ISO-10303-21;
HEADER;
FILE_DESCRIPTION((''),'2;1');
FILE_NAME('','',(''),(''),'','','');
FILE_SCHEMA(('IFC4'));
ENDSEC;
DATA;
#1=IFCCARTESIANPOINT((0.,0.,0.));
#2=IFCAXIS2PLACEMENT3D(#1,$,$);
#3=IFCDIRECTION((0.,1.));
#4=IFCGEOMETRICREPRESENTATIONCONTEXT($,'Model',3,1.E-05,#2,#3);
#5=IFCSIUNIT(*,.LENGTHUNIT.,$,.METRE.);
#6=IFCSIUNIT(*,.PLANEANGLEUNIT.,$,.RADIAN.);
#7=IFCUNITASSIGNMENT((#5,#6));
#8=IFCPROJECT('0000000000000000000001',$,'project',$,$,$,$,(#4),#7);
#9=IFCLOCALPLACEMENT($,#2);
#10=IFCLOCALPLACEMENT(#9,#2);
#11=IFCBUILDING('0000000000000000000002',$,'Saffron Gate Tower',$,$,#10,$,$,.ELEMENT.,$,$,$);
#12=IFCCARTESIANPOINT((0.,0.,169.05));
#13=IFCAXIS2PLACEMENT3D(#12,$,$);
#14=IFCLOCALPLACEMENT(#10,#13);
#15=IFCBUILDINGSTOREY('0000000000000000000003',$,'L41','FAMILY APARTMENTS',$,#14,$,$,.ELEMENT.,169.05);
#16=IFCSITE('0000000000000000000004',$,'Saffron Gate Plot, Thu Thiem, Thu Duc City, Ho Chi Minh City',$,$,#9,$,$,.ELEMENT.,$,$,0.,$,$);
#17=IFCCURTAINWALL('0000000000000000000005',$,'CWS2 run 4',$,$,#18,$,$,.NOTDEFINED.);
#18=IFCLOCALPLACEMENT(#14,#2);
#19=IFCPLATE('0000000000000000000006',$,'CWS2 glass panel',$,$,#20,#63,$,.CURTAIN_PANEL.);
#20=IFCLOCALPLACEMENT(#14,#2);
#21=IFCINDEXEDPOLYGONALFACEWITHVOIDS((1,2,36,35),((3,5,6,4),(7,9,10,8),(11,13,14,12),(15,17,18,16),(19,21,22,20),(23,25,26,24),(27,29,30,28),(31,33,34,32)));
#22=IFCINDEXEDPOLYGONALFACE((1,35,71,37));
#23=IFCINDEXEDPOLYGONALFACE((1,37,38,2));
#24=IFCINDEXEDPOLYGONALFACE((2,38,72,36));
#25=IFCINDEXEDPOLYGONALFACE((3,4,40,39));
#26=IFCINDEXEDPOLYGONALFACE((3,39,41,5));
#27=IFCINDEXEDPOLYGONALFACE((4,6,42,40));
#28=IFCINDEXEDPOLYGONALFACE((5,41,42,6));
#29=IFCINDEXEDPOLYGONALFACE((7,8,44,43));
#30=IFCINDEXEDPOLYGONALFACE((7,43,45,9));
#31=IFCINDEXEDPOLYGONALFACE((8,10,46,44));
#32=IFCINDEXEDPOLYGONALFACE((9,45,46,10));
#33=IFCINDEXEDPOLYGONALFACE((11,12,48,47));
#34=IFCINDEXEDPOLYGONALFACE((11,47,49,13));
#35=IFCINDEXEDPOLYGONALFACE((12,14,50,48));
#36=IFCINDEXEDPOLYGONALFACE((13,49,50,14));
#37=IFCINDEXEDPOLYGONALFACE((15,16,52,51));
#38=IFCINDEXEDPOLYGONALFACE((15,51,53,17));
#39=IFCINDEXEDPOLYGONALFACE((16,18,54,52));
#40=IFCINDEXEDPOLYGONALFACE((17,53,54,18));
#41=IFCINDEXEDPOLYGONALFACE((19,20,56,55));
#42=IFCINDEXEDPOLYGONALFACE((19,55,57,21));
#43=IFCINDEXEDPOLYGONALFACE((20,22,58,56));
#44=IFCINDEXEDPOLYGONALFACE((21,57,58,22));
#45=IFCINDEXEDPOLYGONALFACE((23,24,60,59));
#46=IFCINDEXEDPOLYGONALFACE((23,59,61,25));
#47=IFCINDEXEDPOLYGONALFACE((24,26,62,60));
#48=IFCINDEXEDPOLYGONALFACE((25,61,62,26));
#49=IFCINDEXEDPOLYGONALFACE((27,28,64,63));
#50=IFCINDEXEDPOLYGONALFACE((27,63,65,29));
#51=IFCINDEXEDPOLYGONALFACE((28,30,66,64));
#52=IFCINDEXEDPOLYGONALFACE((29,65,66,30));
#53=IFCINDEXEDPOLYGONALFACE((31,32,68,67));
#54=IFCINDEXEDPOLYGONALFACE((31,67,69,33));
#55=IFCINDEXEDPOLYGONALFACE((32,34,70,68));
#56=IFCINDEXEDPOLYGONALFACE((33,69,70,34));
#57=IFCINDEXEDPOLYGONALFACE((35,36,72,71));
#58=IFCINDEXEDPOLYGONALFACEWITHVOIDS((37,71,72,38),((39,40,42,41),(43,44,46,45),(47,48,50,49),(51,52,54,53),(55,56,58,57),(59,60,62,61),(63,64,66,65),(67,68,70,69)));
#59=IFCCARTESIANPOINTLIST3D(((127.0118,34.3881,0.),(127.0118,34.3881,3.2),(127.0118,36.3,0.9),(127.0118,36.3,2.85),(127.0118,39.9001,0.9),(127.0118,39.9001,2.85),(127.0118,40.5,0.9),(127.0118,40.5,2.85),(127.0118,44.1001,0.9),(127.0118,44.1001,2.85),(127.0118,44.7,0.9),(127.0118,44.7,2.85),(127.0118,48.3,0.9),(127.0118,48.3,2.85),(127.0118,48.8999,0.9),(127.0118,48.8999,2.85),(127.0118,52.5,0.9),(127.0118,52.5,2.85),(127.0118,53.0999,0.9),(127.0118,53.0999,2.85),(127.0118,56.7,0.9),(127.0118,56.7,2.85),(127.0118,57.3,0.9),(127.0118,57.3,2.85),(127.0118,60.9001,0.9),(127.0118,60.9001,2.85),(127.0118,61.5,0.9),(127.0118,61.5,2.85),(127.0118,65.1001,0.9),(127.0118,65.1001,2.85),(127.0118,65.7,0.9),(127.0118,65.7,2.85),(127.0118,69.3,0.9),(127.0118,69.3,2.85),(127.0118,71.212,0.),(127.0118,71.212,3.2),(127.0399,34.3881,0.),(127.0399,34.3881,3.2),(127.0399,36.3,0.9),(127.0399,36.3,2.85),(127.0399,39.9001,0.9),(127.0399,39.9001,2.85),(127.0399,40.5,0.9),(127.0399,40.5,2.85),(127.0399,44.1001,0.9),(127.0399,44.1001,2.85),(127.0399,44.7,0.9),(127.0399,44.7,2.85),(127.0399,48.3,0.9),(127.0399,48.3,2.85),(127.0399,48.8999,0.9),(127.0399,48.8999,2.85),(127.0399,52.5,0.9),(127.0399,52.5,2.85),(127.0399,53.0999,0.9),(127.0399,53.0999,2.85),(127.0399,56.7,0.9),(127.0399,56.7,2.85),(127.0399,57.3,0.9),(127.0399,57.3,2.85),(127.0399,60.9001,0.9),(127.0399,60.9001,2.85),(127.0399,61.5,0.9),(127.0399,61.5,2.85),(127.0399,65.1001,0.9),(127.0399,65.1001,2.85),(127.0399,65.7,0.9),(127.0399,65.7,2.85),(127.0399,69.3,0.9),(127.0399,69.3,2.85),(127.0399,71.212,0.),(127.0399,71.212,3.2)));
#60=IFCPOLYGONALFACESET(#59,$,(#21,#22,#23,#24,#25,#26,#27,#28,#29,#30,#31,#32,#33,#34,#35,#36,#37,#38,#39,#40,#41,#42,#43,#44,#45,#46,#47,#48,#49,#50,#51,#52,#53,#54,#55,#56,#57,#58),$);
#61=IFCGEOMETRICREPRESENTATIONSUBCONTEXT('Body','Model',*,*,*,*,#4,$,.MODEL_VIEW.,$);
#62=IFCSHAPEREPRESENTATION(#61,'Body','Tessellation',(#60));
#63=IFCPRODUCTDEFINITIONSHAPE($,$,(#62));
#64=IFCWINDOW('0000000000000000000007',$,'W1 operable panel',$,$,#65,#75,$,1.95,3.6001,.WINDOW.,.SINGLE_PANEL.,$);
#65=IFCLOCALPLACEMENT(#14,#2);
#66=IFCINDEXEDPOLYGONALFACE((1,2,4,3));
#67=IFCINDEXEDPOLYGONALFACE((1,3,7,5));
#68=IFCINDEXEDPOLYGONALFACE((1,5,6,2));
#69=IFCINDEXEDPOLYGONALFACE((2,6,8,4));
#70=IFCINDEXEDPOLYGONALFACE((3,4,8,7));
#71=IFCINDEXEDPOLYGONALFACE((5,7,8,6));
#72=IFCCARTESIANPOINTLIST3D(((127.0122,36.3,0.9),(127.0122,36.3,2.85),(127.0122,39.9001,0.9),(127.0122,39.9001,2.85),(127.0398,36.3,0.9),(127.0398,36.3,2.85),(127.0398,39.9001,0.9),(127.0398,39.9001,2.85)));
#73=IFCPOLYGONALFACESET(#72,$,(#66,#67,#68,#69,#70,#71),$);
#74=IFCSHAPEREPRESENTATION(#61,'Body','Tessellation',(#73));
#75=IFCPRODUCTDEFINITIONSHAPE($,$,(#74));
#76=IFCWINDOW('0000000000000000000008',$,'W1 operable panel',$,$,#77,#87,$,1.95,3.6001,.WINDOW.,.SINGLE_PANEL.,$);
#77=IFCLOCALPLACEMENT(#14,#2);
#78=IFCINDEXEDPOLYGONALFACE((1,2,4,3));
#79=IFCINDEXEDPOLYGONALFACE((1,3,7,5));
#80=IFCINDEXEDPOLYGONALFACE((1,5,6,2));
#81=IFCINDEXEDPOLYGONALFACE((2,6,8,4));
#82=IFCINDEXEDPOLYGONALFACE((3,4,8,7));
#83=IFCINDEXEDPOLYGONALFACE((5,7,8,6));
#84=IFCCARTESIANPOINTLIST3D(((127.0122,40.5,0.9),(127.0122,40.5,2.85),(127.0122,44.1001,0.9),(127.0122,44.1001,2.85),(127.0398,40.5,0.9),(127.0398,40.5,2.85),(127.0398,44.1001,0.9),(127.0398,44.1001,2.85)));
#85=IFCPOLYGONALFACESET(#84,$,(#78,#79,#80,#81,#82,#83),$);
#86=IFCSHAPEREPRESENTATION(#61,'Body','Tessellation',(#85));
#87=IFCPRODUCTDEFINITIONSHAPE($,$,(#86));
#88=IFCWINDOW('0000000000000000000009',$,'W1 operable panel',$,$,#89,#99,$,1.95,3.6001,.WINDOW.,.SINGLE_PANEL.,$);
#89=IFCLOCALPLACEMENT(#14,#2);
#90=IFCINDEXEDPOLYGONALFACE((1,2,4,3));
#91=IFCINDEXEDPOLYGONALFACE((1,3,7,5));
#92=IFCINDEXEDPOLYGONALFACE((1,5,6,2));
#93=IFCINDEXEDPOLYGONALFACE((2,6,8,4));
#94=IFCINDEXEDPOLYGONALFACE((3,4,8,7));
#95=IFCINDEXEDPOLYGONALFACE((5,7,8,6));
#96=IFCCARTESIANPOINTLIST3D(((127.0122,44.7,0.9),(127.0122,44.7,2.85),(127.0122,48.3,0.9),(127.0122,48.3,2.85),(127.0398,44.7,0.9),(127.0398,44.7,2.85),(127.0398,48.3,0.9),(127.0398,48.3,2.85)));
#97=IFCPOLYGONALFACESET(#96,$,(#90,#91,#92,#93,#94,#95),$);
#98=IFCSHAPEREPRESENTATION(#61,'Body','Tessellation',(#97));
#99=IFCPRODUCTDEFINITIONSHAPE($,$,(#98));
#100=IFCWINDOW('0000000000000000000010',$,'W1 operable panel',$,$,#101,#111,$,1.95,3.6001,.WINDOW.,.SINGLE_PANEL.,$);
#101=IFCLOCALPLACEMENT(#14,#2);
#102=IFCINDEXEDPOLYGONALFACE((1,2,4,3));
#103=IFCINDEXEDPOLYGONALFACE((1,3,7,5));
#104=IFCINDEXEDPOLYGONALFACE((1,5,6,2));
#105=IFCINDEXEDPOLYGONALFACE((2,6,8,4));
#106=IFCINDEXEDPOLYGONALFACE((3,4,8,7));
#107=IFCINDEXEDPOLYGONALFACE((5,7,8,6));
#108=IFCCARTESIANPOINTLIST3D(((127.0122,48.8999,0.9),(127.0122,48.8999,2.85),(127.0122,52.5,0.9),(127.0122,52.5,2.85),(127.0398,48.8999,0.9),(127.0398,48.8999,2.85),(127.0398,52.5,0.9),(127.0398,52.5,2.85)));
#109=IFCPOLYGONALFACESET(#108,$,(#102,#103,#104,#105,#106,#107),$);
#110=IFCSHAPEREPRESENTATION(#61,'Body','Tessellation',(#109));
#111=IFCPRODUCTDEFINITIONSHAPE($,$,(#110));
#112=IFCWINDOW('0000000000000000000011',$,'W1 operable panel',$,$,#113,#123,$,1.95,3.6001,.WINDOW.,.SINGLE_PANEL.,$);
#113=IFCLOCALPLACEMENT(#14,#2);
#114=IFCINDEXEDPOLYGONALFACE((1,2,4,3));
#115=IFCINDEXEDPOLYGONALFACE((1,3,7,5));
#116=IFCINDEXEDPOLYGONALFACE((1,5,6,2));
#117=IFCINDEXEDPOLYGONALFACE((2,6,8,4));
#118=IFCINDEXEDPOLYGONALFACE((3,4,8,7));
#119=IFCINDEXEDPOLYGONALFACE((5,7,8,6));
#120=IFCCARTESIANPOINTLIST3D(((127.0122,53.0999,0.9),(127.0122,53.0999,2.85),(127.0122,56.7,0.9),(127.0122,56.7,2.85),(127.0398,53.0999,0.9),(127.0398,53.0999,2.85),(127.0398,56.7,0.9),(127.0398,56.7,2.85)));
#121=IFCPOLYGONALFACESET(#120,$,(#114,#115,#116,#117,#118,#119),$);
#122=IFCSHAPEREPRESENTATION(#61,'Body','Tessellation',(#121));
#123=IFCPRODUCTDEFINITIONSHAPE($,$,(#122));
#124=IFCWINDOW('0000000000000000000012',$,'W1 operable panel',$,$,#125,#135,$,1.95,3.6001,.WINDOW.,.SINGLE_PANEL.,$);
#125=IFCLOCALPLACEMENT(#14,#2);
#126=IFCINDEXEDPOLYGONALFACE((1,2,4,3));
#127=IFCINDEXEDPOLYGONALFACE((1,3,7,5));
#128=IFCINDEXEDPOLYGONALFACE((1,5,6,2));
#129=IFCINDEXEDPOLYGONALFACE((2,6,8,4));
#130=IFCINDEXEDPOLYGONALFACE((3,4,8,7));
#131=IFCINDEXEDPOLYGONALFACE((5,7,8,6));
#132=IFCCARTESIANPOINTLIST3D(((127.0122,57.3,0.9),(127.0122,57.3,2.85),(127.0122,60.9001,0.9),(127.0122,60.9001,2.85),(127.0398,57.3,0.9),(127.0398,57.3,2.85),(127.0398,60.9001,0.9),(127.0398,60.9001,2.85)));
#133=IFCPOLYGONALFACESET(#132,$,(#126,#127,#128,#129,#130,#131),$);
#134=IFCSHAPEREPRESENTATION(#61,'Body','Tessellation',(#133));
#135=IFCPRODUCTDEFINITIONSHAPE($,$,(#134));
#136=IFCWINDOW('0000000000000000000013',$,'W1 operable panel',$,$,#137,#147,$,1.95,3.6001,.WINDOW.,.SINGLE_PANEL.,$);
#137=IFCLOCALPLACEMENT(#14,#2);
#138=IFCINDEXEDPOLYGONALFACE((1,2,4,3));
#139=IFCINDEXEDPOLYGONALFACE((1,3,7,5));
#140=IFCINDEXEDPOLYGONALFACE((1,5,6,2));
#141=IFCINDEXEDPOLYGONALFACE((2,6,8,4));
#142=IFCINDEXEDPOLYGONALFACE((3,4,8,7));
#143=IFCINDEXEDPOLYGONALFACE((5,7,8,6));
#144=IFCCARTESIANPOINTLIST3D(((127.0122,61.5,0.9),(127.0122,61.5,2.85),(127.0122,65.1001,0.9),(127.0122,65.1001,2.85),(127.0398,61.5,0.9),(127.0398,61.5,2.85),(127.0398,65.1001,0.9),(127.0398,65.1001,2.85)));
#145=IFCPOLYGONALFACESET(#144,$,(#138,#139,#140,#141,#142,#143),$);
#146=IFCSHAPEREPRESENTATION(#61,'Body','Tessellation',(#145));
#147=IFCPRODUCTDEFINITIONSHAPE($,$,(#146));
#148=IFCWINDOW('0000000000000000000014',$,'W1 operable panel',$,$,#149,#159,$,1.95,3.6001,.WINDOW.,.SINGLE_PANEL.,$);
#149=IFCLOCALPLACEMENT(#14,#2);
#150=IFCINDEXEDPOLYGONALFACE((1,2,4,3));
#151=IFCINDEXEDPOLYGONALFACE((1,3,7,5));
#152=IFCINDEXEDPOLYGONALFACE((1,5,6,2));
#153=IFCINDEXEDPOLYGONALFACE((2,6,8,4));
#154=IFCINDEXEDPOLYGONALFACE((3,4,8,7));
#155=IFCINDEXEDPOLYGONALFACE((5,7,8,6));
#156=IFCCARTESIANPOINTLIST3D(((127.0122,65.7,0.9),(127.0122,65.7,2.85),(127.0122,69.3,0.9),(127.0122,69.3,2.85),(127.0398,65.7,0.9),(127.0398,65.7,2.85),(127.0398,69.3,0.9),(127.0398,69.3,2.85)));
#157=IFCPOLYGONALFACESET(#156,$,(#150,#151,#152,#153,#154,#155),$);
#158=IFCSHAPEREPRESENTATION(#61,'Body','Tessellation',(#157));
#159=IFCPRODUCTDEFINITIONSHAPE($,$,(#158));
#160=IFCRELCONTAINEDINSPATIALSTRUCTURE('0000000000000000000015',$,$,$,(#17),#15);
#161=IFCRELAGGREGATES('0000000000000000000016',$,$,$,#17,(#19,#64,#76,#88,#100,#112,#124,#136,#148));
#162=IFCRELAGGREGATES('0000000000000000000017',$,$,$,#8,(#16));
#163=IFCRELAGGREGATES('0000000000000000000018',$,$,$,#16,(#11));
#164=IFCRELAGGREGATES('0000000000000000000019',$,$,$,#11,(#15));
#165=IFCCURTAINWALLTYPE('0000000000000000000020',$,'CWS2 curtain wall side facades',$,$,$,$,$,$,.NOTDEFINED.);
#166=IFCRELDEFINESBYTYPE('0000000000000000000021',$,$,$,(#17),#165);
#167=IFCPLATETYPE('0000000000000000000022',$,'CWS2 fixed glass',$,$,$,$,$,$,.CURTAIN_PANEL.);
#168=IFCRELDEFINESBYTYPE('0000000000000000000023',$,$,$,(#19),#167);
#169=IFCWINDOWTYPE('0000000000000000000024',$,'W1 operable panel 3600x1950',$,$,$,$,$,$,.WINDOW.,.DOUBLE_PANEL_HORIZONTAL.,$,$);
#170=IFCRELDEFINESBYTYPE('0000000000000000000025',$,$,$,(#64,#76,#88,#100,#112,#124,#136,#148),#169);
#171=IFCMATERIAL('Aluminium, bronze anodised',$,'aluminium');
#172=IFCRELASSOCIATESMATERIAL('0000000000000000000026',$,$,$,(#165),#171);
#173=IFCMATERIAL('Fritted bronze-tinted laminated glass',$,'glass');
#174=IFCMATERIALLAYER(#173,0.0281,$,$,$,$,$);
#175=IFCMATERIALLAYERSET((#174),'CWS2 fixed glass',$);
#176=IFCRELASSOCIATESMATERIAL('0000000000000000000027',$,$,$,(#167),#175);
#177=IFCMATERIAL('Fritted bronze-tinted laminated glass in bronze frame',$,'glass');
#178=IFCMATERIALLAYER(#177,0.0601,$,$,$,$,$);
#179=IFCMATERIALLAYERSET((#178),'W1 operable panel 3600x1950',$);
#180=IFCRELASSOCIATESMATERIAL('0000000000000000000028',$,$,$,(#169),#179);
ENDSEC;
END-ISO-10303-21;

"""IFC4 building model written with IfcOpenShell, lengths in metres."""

from ifc_helpers import new_model, si_unit, direction, frame, frame_2d, origin, place, context, subcontext, project, spatial, rectangle, extrude, material, layer, layer_set, type_object, element, fill, aggregate, save


model = new_model("IFC4")

# Units and contexts
model_context = context("Model", 3, precision=1e-05, world=origin(), true_north=direction((0.0, 1.0)))
body_context = subcontext(model_context, "Body", "Model", "MODEL_VIEW")
ifc_project = project(units=[si_unit("LENGTHUNIT", "METRE"), si_unit("PLANEANGLEUNIT", "RADIAN")], contexts=[model_context])

# Site, building, storey
site_placement = place(None, origin())
site = spatial("IfcSite", under=ifc_project, at=site_placement, Name="Saffron Gate Plot, Thu Thiem, Thu Duc City, Ho Chi Minh City", CompositionType="ELEMENT", RefElevation=0.0)
building_placement = place(site_placement, origin())
building = spatial("IfcBuilding", under=site, at=building_placement, Name="Saffron Gate Tower", CompositionType="ELEMENT")
storey_placement = place(building_placement, frame((0.0, 0.0, 169.05)))
storey = spatial("IfcBuildingStorey", under=building, at=storey_placement, Name="L41", Description="FAMILY APARTMENTS", CompositionType="ELEMENT", Elevation=169.05)

# Curtain wall
ifc_material_1 = material(Name="Aluminium, bronze anodised", Category="aluminium")
curtain_wall_type_1 = type_object("IfcCurtainWallType", Name="CWS2 curtain wall side facades", PredefinedType="NOTDEFINED", material=ifc_material_1)
curtain_wall_1_placement = place(storey_placement, origin())
curtain_wall_1 = element("IfcCurtainWall", 1, at=curtain_wall_1_placement, inside=storey, type_object=curtain_wall_type_1, Name="CWS2 run 4", PredefinedType="NOTDEFINED")

# Plate, openings, windows
ifc_material_2 = material(Name="Fritted bronze-tinted laminated glass", Category="glass")
ifc_layer_1 = layer(ifc_material_2, 0.0281)
ifc_layer_set_1 = layer_set([ifc_layer_1], Name="CWS2 fixed glass")
plate_type_1 = type_object("IfcPlateType", Name="CWS2 fixed glass", PredefinedType="CURTAIN_PANEL", material=ifc_layer_set_1)
plate_1_placement = place(storey_placement, frame((127.0259, 34.3879, 0.0), z_axis=(0.0, 0.0, 1.0), x_axis=(0.0, 1.0, 0.0)))
plate_1 = element("IfcPlate", 2, at=plate_1_placement, type_object=plate_type_1, Name="CWS2 glass panel", PredefinedType="CURTAIN_PANEL", context=body_context, shape_type="SweptSolid", body=[
    extrude(rectangle(XDim=36.824, YDim=0.0281, at=frame_2d((18.4121, 0.0))), origin(), (0.0, 0.0, 1.0), 3.2),
])
opening_1_placement = place(plate_1_placement, frame((1.9121, 0.0, 0.8999)))
opening_1 = element("IfcOpeningElement", 3, at=opening_1_placement, cuts=plate_1, PredefinedType="OPENING", context=body_context, shape_type="SweptSolid", body=[
    extrude(rectangle(XDim=3.6001, YDim=1.95, at=frame_2d((1.8, 0.9751))), frame((0.0, 0.0239, 0.0), z_axis=(0.0, -1.0, 0.0), x_axis=(1.0, 0.0, 0.0)), (0.0, 0.0, 1.0), 0.0481),
])
opening_2_placement = place(plate_1_placement, frame((6.1121, 0.0, 0.8999)))
opening_2 = element("IfcOpeningElement", 4, at=opening_2_placement, cuts=plate_1, PredefinedType="OPENING", context=body_context, shape_type="SweptSolid", body=[
    extrude(rectangle(XDim=3.6001, YDim=1.95, at=frame_2d((1.8, 0.9751))), frame((0.0, 0.0239, 0.0), z_axis=(0.0, -1.0, 0.0), x_axis=(1.0, 0.0, 0.0)), (0.0, 0.0, 1.0), 0.0481),
])
opening_3_placement = place(plate_1_placement, frame((10.312, 0.0, 0.8999)))
opening_3 = element("IfcOpeningElement", 5, at=opening_3_placement, cuts=plate_1, PredefinedType="OPENING", context=body_context, shape_type="SweptSolid", body=[
    extrude(rectangle(XDim=3.6001, YDim=1.95, at=frame_2d((1.8, 0.9751))), frame((0.0, 0.0239, 0.0), z_axis=(0.0, -1.0, 0.0), x_axis=(1.0, 0.0, 0.0)), (0.0, 0.0, 1.0), 0.0481),
])
opening_4_placement = place(plate_1_placement, frame((14.512, 0.0, 0.8999)))
opening_4 = element("IfcOpeningElement", 6, at=opening_4_placement, cuts=plate_1, PredefinedType="OPENING", context=body_context, shape_type="SweptSolid", body=[
    extrude(rectangle(XDim=3.6001, YDim=1.95, at=frame_2d((1.8, 0.9751))), frame((0.0, 0.0239, 0.0), z_axis=(0.0, -1.0, 0.0), x_axis=(1.0, 0.0, 0.0)), (0.0, 0.0, 1.0), 0.0481),
])
opening_5_placement = place(plate_1_placement, frame((18.7119, 0.0, 0.8999)))
opening_5 = element("IfcOpeningElement", 7, at=opening_5_placement, cuts=plate_1, PredefinedType="OPENING", context=body_context, shape_type="SweptSolid", body=[
    extrude(rectangle(XDim=3.6001, YDim=1.95, at=frame_2d((1.8, 0.9751))), frame((0.0, 0.0239, 0.0), z_axis=(0.0, -1.0, 0.0), x_axis=(1.0, 0.0, 0.0)), (0.0, 0.0, 1.0), 0.0481),
])
opening_6_placement = place(plate_1_placement, frame((22.9121, 0.0, 0.8999)))
opening_6 = element("IfcOpeningElement", 8, at=opening_6_placement, cuts=plate_1, PredefinedType="OPENING", context=body_context, shape_type="SweptSolid", body=[
    extrude(rectangle(XDim=3.6001, YDim=1.95, at=frame_2d((1.8, 0.9751))), frame((0.0, 0.0239, 0.0), z_axis=(0.0, -1.0, 0.0), x_axis=(1.0, 0.0, 0.0)), (0.0, 0.0, 1.0), 0.0481),
])
opening_7_placement = place(plate_1_placement, frame((27.1121, 0.0, 0.8999)))
opening_7 = element("IfcOpeningElement", 9, at=opening_7_placement, cuts=plate_1, PredefinedType="OPENING", context=body_context, shape_type="SweptSolid", body=[
    extrude(rectangle(XDim=3.6001, YDim=1.95, at=frame_2d((1.8, 0.9751))), frame((0.0, 0.0239, 0.0), z_axis=(0.0, -1.0, 0.0), x_axis=(1.0, 0.0, 0.0)), (0.0, 0.0, 1.0), 0.0481),
])
opening_8_placement = place(plate_1_placement, frame((31.312, 0.0, 0.8999)))
opening_8 = element("IfcOpeningElement", 10, at=opening_8_placement, cuts=plate_1, PredefinedType="OPENING", context=body_context, shape_type="SweptSolid", body=[
    extrude(rectangle(XDim=3.6001, YDim=1.95, at=frame_2d((1.8, 0.9751))), frame((0.0, 0.0239, 0.0), z_axis=(0.0, -1.0, 0.0), x_axis=(1.0, 0.0, 0.0)), (0.0, 0.0, 1.0), 0.0481),
])
ifc_material_3 = material(Name="Fritted bronze-tinted laminated glass in bronze frame", Category="glass")
ifc_layer_2 = layer(ifc_material_3, 0.0601)
ifc_layer_set_2 = layer_set([ifc_layer_2], Name="W1 operable panel 3600x1950")
window_type = type_object("IfcWindowType", Name="W1 operable panel 3600x1950", PartitioningType="DOUBLE_PANEL_HORIZONTAL", PredefinedType="WINDOW", material=ifc_layer_set_2)
window_1_placement = place(opening_1_placement, origin())
window_1 = element("IfcWindow", 11, at=window_1_placement, type_object=window_type, Name="W1 operable panel", OverallHeight=1.95, OverallWidth=3.6001, PartitioningType="SINGLE_PANEL", PredefinedType="WINDOW", context=body_context, shape_type="SweptSolid", body=[
    extrude(rectangle(XDim=3.6001, YDim=1.95, at=frame_2d((1.8, 0.9751))), frame((0.0, 0.0137, 0.0), z_axis=(0.0, -1.0, 0.0), x_axis=(1.0, 0.0, 0.0)), (0.0, 0.0, 1.0), 0.0276),
])
fill(opening_1, window_1)
window_2_placement = place(opening_2_placement, origin())
window_2 = element("IfcWindow", 12, at=window_2_placement, type_object=window_type, Name="W1 operable panel", OverallHeight=1.95, OverallWidth=3.6001, PartitioningType="SINGLE_PANEL", PredefinedType="WINDOW", context=body_context, shape_type="SweptSolid", body=[
    extrude(rectangle(XDim=3.6001, YDim=1.95, at=frame_2d((1.8, 0.9751))), frame((0.0, 0.0137, 0.0), z_axis=(0.0, -1.0, 0.0), x_axis=(1.0, 0.0, 0.0)), (0.0, 0.0, 1.0), 0.0276),
])
fill(opening_2, window_2)
window_3_placement = place(opening_3_placement, origin())
window_3 = element("IfcWindow", 13, at=window_3_placement, type_object=window_type, Name="W1 operable panel", OverallHeight=1.95, OverallWidth=3.6001, PartitioningType="SINGLE_PANEL", PredefinedType="WINDOW", context=body_context, shape_type="SweptSolid", body=[
    extrude(rectangle(XDim=3.6001, YDim=1.95, at=frame_2d((1.8, 0.9751))), frame((0.0, 0.0137, 0.0), z_axis=(0.0, -1.0, 0.0), x_axis=(1.0, 0.0, 0.0)), (0.0, 0.0, 1.0), 0.0276),
])
fill(opening_3, window_3)
window_4_placement = place(opening_4_placement, origin())
window_4 = element("IfcWindow", 14, at=window_4_placement, type_object=window_type, Name="W1 operable panel", OverallHeight=1.95, OverallWidth=3.6001, PartitioningType="SINGLE_PANEL", PredefinedType="WINDOW", context=body_context, shape_type="SweptSolid", body=[
    extrude(rectangle(XDim=3.6001, YDim=1.95, at=frame_2d((1.8, 0.9751))), frame((0.0, 0.0137, 0.0), z_axis=(0.0, -1.0, 0.0), x_axis=(1.0, 0.0, 0.0)), (0.0, 0.0, 1.0), 0.0276),
])
fill(opening_4, window_4)
window_5_placement = place(opening_5_placement, origin())
window_5 = element("IfcWindow", 15, at=window_5_placement, type_object=window_type, Name="W1 operable panel", OverallHeight=1.95, OverallWidth=3.6001, PartitioningType="SINGLE_PANEL", PredefinedType="WINDOW", context=body_context, shape_type="SweptSolid", body=[
    extrude(rectangle(XDim=3.6001, YDim=1.95, at=frame_2d((1.8, 0.9751))), frame((0.0, 0.0137, 0.0), z_axis=(0.0, -1.0, 0.0), x_axis=(1.0, 0.0, 0.0)), (0.0, 0.0, 1.0), 0.0276),
])
fill(opening_5, window_5)
window_6_placement = place(opening_6_placement, origin())
window_6 = element("IfcWindow", 16, at=window_6_placement, type_object=window_type, Name="W1 operable panel", OverallHeight=1.95, OverallWidth=3.6001, PartitioningType="SINGLE_PANEL", PredefinedType="WINDOW", context=body_context, shape_type="SweptSolid", body=[
    extrude(rectangle(XDim=3.6001, YDim=1.95, at=frame_2d((1.8, 0.9751))), frame((0.0, 0.0137, 0.0), z_axis=(0.0, -1.0, 0.0), x_axis=(1.0, 0.0, 0.0)), (0.0, 0.0, 1.0), 0.0276),
])
fill(opening_6, window_6)
window_7_placement = place(opening_7_placement, origin())
window_7 = element("IfcWindow", 17, at=window_7_placement, type_object=window_type, Name="W1 operable panel", OverallHeight=1.95, OverallWidth=3.6001, PartitioningType="SINGLE_PANEL", PredefinedType="WINDOW", context=body_context, shape_type="SweptSolid", body=[
    extrude(rectangle(XDim=3.6001, YDim=1.95, at=frame_2d((1.8, 0.9751))), frame((0.0, 0.0137, 0.0), z_axis=(0.0, -1.0, 0.0), x_axis=(1.0, 0.0, 0.0)), (0.0, 0.0, 1.0), 0.0276),
])
fill(opening_7, window_7)
window_8_placement = place(opening_8_placement, origin())
window_8 = element("IfcWindow", 18, at=window_8_placement, type_object=window_type, Name="W1 operable panel", OverallHeight=1.95, OverallWidth=3.6001, PartitioningType="SINGLE_PANEL", PredefinedType="WINDOW", context=body_context, shape_type="SweptSolid", body=[
    extrude(rectangle(XDim=3.6001, YDim=1.95, at=frame_2d((1.8, 0.9751))), frame((0.0, 0.0137, 0.0), z_axis=(0.0, -1.0, 0.0), x_axis=(1.0, 0.0, 0.0)), (0.0, 0.0, 1.0), 0.0276),
])
fill(opening_8, window_8)
aggregate(curtain_wall_1, [plate_1, window_1, window_2, window_3, window_4, window_5, window_6, window_7, window_8])

save(model, "model.ifc")
